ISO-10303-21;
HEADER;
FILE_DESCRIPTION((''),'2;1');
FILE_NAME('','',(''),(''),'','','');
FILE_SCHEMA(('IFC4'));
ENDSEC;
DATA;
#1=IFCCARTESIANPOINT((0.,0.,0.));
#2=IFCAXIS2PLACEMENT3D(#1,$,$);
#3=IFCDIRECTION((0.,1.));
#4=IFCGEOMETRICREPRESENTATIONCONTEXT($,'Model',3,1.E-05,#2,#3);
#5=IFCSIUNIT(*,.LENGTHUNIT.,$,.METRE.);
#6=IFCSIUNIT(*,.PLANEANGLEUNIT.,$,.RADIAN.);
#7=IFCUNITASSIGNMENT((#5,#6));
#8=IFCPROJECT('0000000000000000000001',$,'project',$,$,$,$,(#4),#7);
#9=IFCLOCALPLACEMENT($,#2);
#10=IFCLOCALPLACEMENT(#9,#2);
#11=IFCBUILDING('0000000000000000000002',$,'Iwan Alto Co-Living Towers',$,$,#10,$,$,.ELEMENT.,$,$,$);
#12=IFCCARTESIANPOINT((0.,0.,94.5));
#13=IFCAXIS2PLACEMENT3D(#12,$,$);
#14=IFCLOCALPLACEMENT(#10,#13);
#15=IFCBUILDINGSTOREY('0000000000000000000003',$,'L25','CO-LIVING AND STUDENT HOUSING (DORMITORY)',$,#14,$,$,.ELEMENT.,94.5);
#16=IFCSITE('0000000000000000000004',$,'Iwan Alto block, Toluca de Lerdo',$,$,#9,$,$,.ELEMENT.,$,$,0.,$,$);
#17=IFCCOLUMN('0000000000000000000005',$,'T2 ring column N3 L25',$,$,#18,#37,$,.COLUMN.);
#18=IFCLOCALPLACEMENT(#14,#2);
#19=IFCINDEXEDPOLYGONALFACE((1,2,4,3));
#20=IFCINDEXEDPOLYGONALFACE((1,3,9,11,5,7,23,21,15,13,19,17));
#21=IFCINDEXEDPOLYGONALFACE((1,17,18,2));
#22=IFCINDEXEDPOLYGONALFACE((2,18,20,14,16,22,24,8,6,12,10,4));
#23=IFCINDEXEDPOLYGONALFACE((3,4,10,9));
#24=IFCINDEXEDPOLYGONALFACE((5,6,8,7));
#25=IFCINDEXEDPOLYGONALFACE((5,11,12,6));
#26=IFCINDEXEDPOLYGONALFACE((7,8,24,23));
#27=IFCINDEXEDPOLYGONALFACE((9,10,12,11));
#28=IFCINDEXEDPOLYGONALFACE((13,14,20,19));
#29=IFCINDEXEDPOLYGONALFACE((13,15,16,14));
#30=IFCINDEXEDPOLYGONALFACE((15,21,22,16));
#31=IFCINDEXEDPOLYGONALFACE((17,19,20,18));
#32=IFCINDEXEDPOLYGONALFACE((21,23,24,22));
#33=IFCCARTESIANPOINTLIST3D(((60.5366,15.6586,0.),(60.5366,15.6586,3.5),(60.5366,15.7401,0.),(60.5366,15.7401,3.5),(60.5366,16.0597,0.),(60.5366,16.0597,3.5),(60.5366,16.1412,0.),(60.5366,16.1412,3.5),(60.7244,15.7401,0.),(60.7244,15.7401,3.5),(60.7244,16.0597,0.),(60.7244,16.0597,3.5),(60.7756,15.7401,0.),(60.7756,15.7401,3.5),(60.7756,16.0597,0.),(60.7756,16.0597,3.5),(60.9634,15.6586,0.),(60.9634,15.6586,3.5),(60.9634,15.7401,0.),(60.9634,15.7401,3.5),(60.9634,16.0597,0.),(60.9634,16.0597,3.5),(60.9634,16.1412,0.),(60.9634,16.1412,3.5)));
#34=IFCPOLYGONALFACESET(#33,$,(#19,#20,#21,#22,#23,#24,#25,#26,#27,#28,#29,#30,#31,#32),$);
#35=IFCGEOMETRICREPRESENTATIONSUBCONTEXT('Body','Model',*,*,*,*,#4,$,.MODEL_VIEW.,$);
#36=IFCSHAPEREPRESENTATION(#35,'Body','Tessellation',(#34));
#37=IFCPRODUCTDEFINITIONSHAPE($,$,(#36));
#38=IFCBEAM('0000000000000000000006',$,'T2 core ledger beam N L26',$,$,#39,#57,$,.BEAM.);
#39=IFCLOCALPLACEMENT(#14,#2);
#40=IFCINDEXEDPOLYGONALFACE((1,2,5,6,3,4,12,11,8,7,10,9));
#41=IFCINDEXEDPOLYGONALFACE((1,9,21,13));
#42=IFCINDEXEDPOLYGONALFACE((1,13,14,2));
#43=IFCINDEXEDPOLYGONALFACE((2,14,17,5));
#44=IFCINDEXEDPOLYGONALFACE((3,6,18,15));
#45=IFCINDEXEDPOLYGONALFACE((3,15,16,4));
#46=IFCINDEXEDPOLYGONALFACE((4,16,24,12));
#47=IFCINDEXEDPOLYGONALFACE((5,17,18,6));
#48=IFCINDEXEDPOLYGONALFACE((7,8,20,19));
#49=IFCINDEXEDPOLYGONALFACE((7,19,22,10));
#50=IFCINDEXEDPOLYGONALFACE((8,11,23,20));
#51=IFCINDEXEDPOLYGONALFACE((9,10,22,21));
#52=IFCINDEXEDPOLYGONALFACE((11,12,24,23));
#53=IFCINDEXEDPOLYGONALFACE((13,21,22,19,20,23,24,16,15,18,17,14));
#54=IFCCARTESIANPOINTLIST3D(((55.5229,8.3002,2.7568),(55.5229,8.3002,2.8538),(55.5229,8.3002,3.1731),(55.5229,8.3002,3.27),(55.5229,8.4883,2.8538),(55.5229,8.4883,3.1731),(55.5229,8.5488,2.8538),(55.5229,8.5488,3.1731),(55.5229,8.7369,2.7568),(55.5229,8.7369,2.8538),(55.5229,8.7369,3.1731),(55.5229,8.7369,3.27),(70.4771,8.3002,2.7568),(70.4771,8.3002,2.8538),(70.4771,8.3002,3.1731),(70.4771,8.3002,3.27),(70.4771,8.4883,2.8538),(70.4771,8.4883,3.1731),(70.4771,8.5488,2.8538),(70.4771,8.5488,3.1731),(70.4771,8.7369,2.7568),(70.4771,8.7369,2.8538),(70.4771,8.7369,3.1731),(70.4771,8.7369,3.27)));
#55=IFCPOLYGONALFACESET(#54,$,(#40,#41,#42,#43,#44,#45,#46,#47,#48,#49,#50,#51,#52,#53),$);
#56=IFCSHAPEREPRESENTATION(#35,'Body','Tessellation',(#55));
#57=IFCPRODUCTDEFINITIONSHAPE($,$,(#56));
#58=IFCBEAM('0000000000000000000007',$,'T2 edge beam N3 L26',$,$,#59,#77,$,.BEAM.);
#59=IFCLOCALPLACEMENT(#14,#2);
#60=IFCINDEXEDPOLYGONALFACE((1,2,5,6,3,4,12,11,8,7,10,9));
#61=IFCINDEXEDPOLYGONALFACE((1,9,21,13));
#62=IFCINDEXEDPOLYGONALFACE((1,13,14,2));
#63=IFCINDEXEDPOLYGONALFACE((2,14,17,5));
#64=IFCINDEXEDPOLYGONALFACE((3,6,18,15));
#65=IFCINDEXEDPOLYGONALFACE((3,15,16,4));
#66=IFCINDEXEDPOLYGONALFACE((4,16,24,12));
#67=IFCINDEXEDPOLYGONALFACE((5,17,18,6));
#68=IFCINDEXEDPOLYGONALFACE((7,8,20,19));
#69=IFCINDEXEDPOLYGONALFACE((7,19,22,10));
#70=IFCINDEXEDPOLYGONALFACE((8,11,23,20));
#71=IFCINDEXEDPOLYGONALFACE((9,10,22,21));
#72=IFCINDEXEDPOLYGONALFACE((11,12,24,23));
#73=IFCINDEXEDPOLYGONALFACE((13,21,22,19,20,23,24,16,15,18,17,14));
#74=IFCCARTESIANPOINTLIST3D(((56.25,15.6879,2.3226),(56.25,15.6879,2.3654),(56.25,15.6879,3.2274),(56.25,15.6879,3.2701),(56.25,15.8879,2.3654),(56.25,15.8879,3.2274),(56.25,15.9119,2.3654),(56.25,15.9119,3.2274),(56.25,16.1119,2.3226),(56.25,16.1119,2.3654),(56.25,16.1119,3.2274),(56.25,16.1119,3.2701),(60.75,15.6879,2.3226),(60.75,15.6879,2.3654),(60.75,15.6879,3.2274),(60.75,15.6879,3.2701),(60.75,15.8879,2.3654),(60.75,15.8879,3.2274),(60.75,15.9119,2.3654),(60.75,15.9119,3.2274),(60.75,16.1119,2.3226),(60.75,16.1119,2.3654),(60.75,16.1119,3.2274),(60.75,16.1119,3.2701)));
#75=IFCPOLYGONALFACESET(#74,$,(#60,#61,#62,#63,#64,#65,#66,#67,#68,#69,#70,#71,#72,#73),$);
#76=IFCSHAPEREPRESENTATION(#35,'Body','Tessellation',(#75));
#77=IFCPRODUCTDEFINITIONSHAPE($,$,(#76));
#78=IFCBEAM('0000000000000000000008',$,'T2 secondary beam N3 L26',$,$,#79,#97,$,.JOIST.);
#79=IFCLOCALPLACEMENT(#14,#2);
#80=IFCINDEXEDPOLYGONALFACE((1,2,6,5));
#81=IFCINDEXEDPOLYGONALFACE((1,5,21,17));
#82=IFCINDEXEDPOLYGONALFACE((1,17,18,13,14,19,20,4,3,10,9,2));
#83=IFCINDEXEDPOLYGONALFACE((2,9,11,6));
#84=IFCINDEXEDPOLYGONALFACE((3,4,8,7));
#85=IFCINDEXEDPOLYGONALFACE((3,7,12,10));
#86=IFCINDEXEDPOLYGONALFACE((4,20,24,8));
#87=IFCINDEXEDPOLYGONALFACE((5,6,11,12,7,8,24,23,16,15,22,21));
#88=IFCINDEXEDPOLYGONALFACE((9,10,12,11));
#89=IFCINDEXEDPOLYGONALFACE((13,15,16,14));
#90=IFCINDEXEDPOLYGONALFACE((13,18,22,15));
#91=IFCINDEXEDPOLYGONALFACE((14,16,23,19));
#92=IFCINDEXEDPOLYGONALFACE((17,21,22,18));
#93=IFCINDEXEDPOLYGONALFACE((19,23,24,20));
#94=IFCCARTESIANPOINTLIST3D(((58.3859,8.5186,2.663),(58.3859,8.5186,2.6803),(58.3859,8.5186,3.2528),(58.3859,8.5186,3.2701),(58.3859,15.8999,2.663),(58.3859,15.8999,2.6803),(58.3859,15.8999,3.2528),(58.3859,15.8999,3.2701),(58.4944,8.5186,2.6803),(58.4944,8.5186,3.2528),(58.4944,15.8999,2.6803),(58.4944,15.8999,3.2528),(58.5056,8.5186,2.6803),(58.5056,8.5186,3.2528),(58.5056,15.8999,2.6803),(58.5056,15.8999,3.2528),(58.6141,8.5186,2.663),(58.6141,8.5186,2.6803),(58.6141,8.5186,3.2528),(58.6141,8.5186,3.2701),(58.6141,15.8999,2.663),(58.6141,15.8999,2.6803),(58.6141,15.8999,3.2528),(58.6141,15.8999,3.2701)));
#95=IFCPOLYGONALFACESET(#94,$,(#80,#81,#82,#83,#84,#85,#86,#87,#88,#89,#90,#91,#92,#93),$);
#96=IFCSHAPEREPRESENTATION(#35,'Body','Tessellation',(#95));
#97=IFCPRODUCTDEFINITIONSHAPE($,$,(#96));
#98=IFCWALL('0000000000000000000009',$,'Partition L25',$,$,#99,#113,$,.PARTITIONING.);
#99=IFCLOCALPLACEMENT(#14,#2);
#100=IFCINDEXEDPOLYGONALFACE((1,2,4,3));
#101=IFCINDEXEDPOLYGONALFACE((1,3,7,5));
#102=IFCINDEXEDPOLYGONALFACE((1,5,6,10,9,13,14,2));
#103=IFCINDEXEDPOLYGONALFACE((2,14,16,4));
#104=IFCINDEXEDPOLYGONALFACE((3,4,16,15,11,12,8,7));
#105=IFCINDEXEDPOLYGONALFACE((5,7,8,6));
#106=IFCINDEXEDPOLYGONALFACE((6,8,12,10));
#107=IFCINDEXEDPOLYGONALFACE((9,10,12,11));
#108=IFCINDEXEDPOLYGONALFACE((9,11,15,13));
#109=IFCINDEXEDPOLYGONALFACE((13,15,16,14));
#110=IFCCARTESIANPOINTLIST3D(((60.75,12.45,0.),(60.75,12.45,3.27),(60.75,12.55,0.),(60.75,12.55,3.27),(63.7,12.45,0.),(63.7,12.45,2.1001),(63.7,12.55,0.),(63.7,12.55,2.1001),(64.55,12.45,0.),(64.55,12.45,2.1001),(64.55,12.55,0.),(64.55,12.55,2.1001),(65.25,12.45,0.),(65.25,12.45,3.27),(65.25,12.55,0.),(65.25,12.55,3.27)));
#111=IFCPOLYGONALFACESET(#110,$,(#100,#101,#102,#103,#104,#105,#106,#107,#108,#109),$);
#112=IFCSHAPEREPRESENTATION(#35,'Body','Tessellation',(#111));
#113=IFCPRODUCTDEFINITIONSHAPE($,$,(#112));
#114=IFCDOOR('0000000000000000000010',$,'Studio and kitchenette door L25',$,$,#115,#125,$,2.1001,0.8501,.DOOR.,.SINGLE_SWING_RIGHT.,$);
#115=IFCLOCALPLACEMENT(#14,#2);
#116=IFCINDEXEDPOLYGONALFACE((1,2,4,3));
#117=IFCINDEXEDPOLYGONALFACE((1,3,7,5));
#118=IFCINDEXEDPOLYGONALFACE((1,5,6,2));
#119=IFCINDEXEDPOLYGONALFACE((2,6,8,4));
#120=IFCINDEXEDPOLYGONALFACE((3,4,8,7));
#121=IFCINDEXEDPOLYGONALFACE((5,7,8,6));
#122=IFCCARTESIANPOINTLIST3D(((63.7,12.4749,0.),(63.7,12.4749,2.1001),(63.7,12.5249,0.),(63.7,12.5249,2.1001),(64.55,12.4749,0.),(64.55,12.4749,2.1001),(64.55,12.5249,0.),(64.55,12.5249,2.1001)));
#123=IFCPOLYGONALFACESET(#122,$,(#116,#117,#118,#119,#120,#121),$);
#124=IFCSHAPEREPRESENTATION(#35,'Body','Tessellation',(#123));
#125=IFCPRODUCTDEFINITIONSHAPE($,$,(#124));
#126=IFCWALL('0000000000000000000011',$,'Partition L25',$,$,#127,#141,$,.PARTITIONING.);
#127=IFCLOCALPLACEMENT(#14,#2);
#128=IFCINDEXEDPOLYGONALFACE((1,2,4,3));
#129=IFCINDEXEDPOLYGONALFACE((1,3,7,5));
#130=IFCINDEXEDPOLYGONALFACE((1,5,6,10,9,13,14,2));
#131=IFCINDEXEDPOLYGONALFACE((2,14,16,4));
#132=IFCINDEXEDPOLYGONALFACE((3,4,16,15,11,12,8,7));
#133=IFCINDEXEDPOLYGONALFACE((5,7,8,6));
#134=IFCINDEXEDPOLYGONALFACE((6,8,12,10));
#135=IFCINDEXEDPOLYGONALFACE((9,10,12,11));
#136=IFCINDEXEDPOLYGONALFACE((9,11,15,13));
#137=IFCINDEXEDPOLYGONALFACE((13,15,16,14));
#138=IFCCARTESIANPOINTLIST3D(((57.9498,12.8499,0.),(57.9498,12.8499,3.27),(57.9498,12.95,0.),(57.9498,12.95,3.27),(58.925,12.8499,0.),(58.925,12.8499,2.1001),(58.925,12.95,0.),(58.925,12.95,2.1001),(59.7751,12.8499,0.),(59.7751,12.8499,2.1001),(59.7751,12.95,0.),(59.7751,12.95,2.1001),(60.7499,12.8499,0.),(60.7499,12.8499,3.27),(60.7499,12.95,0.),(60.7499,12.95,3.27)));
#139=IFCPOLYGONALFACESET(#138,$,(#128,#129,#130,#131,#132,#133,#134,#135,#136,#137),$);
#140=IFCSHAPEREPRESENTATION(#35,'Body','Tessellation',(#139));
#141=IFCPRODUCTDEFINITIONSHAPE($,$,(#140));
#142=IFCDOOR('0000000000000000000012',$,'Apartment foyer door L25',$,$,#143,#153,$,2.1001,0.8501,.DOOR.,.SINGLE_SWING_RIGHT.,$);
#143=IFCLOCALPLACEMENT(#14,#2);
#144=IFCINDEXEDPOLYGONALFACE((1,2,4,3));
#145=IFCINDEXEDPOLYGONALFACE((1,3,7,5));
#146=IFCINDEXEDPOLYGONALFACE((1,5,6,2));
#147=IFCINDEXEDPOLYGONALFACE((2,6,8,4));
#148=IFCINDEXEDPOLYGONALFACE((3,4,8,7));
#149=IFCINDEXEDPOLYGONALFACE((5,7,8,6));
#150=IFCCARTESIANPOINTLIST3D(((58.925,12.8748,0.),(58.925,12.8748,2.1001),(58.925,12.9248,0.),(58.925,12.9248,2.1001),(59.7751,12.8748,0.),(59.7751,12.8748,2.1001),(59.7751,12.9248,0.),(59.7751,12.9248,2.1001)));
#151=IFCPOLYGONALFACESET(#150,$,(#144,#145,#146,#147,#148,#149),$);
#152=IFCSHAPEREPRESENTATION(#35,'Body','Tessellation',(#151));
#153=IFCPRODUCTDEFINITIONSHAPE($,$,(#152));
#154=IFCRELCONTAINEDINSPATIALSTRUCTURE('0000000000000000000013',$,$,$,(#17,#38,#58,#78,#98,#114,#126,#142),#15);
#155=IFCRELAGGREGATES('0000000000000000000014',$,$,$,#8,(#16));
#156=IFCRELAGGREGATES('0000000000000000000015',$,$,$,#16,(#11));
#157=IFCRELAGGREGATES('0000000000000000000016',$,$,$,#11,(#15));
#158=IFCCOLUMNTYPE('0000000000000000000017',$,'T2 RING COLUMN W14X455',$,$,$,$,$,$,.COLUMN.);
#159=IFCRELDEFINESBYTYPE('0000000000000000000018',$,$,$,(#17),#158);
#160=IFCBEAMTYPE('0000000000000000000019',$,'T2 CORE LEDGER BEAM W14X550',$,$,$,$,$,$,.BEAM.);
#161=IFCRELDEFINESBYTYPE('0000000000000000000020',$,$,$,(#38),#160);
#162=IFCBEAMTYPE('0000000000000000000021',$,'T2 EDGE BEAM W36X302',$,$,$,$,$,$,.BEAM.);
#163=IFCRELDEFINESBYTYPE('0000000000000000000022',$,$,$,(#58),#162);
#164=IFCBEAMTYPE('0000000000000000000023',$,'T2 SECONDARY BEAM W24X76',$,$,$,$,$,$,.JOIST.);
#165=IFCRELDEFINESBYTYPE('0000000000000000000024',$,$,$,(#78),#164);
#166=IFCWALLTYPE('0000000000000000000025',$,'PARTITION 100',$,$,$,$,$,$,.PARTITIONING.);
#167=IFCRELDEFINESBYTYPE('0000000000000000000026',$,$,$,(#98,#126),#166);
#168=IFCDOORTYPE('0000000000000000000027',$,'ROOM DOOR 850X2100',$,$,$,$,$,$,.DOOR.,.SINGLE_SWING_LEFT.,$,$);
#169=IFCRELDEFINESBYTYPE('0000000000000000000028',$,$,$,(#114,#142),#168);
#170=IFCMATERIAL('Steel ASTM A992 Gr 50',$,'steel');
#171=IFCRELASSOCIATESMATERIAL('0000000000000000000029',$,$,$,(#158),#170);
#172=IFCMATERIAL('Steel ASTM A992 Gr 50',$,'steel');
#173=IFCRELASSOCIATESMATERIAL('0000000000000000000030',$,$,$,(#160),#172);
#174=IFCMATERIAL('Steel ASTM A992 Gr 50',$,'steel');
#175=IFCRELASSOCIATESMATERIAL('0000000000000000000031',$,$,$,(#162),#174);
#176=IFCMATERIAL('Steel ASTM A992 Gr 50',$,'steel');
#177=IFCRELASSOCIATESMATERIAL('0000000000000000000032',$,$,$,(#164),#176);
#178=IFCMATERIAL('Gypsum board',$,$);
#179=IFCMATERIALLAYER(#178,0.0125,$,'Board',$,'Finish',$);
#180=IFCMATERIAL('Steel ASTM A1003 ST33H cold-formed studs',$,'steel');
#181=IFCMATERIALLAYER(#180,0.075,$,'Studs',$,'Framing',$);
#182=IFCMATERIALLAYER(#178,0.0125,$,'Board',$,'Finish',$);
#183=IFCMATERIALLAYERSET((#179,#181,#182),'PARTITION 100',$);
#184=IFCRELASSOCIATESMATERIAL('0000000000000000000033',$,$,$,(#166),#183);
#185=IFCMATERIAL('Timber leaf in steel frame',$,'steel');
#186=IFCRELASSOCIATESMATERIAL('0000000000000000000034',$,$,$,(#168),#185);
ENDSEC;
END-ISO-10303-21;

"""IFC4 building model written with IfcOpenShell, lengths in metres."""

from ifc_helpers import new_model, si_unit, direction, frame, frame_2d, origin, origin_2d, place, context, subcontext, project, spatial, rectangle, i_section, extrude, material, layer, layer_set, material_profile, profile_set, type_object, element, fill, save


model = new_model("IFC4")

# Units and contexts
model_context = context("Model", 3, precision=1e-05, world=origin(), true_north=direction((0.0, 1.0)))
body_context = subcontext(model_context, "Body", "Model", "MODEL_VIEW")
ifc_project = project(units=[si_unit("LENGTHUNIT", "METRE"), si_unit("PLANEANGLEUNIT", "RADIAN")], contexts=[model_context])

# Site, building, storey
site_placement = place(None, origin())
site = spatial("IfcSite", under=ifc_project, at=site_placement, Name="Iwan Alto block, Toluca de Lerdo", CompositionType="ELEMENT", RefElevation=0.0)
building_placement = place(site_placement, origin())
building = spatial("IfcBuilding", under=site, at=building_placement, Name="Iwan Alto Co-Living Towers", CompositionType="ELEMENT")
storey_placement = place(building_placement, frame((0.0, 0.0, 94.5)))
storey = spatial("IfcBuildingStorey", under=building, at=storey_placement, Name="L25", Description="CO-LIVING AND STUDENT HOUSING (DORMITORY)", CompositionType="ELEMENT", Elevation=94.5)

# Column
ifc_material_1 = material(Name="Steel ASTM A992 Gr 50", Category="steel")
ifc_material_profile_1 = material_profile(ifc_material_1, i_section(OverallWidth=0.4268, OverallDepth=0.4827, WebThickness=0.0513, FlangeThickness=0.0815, at=origin_2d()), Name="W14X455")
ifc_profile_set_1 = profile_set([ifc_material_profile_1], Name="Steel ASTM A992 Gr 50")
column_type = type_object("IfcColumnType", Name="T2 RING COLUMN W14X455", PredefinedType="COLUMN", material=ifc_profile_set_1)
column_placement = place(storey_placement, frame((60.75, 15.8999, 0.0), z_axis=(0.0, 0.0, 1.0), x_axis=(1.0, 0.0, 0.0)))
element("IfcColumn", 1, at=column_placement, inside=storey, type_object=column_type, Name="T2 ring column N3 L25", PredefinedType="COLUMN", context=body_context, shape_type="SweptSolid", body=[
    extrude(i_section(OverallWidth=0.4268, OverallDepth=0.4827, WebThickness=0.0513, FlangeThickness=0.0815, at=origin_2d()), origin(), (0.0, 0.0, 1.0), 3.5),
])

# Beams
ifc_material_2 = material(Name="Steel ASTM A992 Gr 50", Category="steel")
ifc_material_profile_2 = material_profile(ifc_material_2, i_section(OverallWidth=0.4368, OverallDepth=0.5132, WebThickness=0.0605, FlangeThickness=0.0969, at=origin_2d()), Name="W14X550")
ifc_profile_set_2 = profile_set([ifc_material_profile_2], Name="Steel ASTM A992 Gr 50")
beam_type_1 = type_object("IfcBeamType", Name="T2 CORE LEDGER BEAM W14X550", PredefinedType="BEAM", material=ifc_profile_set_2)
beam_1_placement = place(storey_placement, frame((70.4771, 8.5186, 3.0134), z_axis=(-1.0, 0.0, 0.0), x_axis=(0.0, -1.0, 0.0)))
element("IfcBeam", 2, at=beam_1_placement, inside=storey, type_object=beam_type_1, Name="T2 core ledger beam N L26", PredefinedType="BEAM", context=body_context, shape_type="SweptSolid", body=[
    extrude(i_section(OverallWidth=0.4368, OverallDepth=0.5132, WebThickness=0.0605, FlangeThickness=0.0969, at=origin_2d()), origin(), (0.0, 0.0, 1.0), 14.9541),
])
ifc_material_3 = material(Name="Steel ASTM A992 Gr 50", Category="steel")
ifc_material_profile_3 = material_profile(ifc_material_3, i_section(OverallWidth=0.4241, OverallDepth=0.9475, WebThickness=0.0239, FlangeThickness=0.0427, at=origin_2d()), Name="W36X302")
ifc_profile_set_3 = profile_set([ifc_material_profile_3], Name="Steel ASTM A992 Gr 50")
beam_type_2 = type_object("IfcBeamType", Name="T2 EDGE BEAM W36X302", PredefinedType="BEAM", material=ifc_profile_set_3)
beam_2_placement = place(storey_placement, frame((60.75, 15.8999, 2.7964), z_axis=(-1.0, 0.0, 0.0), x_axis=(0.0, -1.0, 0.0)))
element("IfcBeam", 3, at=beam_2_placement, inside=storey, type_object=beam_type_2, Name="T2 edge beam N3 L26", PredefinedType="BEAM", context=body_context, shape_type="SweptSolid", body=[
    extrude(i_section(OverallWidth=0.4241, OverallDepth=0.9475, WebThickness=0.0239, FlangeThickness=0.0427, at=origin_2d()), origin(), (0.0, 0.0, 1.0), 4.5),
])
ifc_material_4 = material(Name="Steel ASTM A992 Gr 50", Category="steel")
ifc_material_profile_4 = material_profile(ifc_material_4, i_section(OverallWidth=0.2283, OverallDepth=0.6072, WebThickness=0.0112, FlangeThickness=0.0173, at=origin_2d()), Name="W24X76")
ifc_profile_set_4 = profile_set([ifc_material_profile_4], Name="Steel ASTM A992 Gr 50")
beam_type_3 = type_object("IfcBeamType", Name="T2 SECONDARY BEAM W24X76", PredefinedType="JOIST", material=ifc_profile_set_4)
beam_3_placement = place(storey_placement, frame((58.5, 15.8999, 2.9666), z_axis=(0.0, -1.0, 0.0), x_axis=(1.0, 0.0, 0.0)))
element("IfcBeam", 4, at=beam_3_placement, inside=storey, type_object=beam_type_3, Name="T2 secondary beam N3 L26", PredefinedType="JOIST", context=body_context, shape_type="SweptSolid", body=[
    extrude(i_section(OverallWidth=0.2283, OverallDepth=0.6072, WebThickness=0.0112, FlangeThickness=0.0173, at=origin_2d()), origin(), (0.0, 0.0, 1.0), 7.3813),
])

# Walls, openings, doors
ifc_material_5 = material(Name="Gypsum board")
ifc_layer_1 = layer(ifc_material_5, 0.0125, Name="Board", Category="Finish")
ifc_material_6 = material(Name="Steel ASTM A1003 ST33H cold-formed studs", Category="steel")
ifc_layer_2 = layer(ifc_material_6, 0.075, Name="Studs", Category="Framing")
ifc_layer_3 = layer(ifc_material_5, 0.0125, Name="Board", Category="Finish")
ifc_layer_set_1 = layer_set([ifc_layer_1, ifc_layer_2, ifc_layer_3], Name="PARTITION 100")
wall_type_1 = type_object("IfcWallType", Name="PARTITION 100", PredefinedType="PARTITIONING", material=ifc_layer_set_1)
wall_1_placement = place(storey_placement, frame((60.75, 12.5, 0.0), z_axis=(0.0, 0.0, 1.0), x_axis=(1.0, 0.0, 0.0)))
wall_1 = element("IfcWall", 5, at=wall_1_placement, inside=storey, type_object=wall_type_1, Name="Partition L25", PredefinedType="PARTITIONING", context=body_context, shape_type="SweptSolid", body=[
    extrude(rectangle(XDim=4.5, YDim=0.1001, at=frame_2d((2.25, 0.0))), origin(), (0.0, 0.0, 1.0), 3.27),
])
opening_1_placement = place(wall_1_placement, frame((2.95, 0.0, 0.0)))
opening_1 = element("IfcOpeningElement", 6, at=opening_1_placement, cuts=wall_1, PredefinedType="OPENING", context=body_context, shape_type="SweptSolid", body=[
    extrude(rectangle(XDim=0.8501, YDim=2.1001, at=frame_2d((0.425, 1.05))), frame((0.0, 0.0601, 0.0), z_axis=(0.0, -1.0, 0.0), x_axis=(1.0, 0.0, 0.0)), (0.0, 0.0, 1.0), 0.1201),
])
ifc_material_7 = material(Name="Timber leaf in steel frame", Category="steel")
door_type_1 = type_object("IfcDoorType", Name="ROOM DOOR 850X2100", OperationType="SINGLE_SWING_LEFT", PredefinedType="DOOR", material=ifc_material_7)
door_1_placement = place(opening_1_placement, origin())
door_1 = element("IfcDoor", 7, at=door_1_placement, inside=storey, type_object=door_type_1, Name="Studio and kitchenette door L25", OperationType="SINGLE_SWING_RIGHT", OverallHeight=2.1001, OverallWidth=0.8501, PredefinedType="DOOR", context=body_context, shape_type="SweptSolid", body=[
    extrude(rectangle(XDim=0.8501, YDim=2.1001, at=frame_2d((0.425, 1.05))), frame((0.0, 0.0249, 0.0), z_axis=(0.0, -1.0, 0.0), x_axis=(1.0, 0.0, 0.0)), (0.0, 0.0, 1.0), 0.05),
])
fill(opening_1, door_1)
wall_2_placement = place(storey_placement, frame((57.95, 12.8999, 0.0), z_axis=(0.0, 0.0, 1.0), x_axis=(1.0, 0.0, 0.0)))
wall_2 = element("IfcWall", 8, at=wall_2_placement, inside=storey, type_object=wall_type_1, Name="Partition L25", PredefinedType="PARTITIONING", context=body_context, shape_type="SweptSolid", body=[
    extrude(rectangle(XDim=2.8, YDim=0.1001, at=frame_2d((1.3999, 0.0))), origin(), (0.0, 0.0, 1.0), 3.27),
])
opening_2_placement = place(wall_2_placement, frame((0.9751, 0.0, 0.0)))
opening_2 = element("IfcOpeningElement", 9, at=opening_2_placement, cuts=wall_2, PredefinedType="OPENING", context=body_context, shape_type="SweptSolid", body=[
    extrude(rectangle(XDim=0.8501, YDim=2.1001, at=frame_2d((0.425, 1.05))), frame((0.0, 0.0601, 0.0), z_axis=(0.0, -1.0, 0.0), x_axis=(1.0, 0.0, 0.0)), (0.0, 0.0, 1.0), 0.1201),
])
door_2_placement = place(opening_2_placement, origin())
door_2 = element("IfcDoor", 10, at=door_2_placement, inside=storey, type_object=door_type_1, Name="Apartment foyer door L25", OperationType="SINGLE_SWING_RIGHT", OverallHeight=2.1001, OverallWidth=0.8501, PredefinedType="DOOR", context=body_context, shape_type="SweptSolid", body=[
    extrude(rectangle(XDim=0.8501, YDim=2.1001, at=frame_2d((0.425, 1.05))), frame((0.0, 0.0249, 0.0), z_axis=(0.0, -1.0, 0.0), x_axis=(1.0, 0.0, 0.0)), (0.0, 0.0, 1.0), 0.05),
])
fill(opening_2, door_2)

save(model, "model.ifc")
